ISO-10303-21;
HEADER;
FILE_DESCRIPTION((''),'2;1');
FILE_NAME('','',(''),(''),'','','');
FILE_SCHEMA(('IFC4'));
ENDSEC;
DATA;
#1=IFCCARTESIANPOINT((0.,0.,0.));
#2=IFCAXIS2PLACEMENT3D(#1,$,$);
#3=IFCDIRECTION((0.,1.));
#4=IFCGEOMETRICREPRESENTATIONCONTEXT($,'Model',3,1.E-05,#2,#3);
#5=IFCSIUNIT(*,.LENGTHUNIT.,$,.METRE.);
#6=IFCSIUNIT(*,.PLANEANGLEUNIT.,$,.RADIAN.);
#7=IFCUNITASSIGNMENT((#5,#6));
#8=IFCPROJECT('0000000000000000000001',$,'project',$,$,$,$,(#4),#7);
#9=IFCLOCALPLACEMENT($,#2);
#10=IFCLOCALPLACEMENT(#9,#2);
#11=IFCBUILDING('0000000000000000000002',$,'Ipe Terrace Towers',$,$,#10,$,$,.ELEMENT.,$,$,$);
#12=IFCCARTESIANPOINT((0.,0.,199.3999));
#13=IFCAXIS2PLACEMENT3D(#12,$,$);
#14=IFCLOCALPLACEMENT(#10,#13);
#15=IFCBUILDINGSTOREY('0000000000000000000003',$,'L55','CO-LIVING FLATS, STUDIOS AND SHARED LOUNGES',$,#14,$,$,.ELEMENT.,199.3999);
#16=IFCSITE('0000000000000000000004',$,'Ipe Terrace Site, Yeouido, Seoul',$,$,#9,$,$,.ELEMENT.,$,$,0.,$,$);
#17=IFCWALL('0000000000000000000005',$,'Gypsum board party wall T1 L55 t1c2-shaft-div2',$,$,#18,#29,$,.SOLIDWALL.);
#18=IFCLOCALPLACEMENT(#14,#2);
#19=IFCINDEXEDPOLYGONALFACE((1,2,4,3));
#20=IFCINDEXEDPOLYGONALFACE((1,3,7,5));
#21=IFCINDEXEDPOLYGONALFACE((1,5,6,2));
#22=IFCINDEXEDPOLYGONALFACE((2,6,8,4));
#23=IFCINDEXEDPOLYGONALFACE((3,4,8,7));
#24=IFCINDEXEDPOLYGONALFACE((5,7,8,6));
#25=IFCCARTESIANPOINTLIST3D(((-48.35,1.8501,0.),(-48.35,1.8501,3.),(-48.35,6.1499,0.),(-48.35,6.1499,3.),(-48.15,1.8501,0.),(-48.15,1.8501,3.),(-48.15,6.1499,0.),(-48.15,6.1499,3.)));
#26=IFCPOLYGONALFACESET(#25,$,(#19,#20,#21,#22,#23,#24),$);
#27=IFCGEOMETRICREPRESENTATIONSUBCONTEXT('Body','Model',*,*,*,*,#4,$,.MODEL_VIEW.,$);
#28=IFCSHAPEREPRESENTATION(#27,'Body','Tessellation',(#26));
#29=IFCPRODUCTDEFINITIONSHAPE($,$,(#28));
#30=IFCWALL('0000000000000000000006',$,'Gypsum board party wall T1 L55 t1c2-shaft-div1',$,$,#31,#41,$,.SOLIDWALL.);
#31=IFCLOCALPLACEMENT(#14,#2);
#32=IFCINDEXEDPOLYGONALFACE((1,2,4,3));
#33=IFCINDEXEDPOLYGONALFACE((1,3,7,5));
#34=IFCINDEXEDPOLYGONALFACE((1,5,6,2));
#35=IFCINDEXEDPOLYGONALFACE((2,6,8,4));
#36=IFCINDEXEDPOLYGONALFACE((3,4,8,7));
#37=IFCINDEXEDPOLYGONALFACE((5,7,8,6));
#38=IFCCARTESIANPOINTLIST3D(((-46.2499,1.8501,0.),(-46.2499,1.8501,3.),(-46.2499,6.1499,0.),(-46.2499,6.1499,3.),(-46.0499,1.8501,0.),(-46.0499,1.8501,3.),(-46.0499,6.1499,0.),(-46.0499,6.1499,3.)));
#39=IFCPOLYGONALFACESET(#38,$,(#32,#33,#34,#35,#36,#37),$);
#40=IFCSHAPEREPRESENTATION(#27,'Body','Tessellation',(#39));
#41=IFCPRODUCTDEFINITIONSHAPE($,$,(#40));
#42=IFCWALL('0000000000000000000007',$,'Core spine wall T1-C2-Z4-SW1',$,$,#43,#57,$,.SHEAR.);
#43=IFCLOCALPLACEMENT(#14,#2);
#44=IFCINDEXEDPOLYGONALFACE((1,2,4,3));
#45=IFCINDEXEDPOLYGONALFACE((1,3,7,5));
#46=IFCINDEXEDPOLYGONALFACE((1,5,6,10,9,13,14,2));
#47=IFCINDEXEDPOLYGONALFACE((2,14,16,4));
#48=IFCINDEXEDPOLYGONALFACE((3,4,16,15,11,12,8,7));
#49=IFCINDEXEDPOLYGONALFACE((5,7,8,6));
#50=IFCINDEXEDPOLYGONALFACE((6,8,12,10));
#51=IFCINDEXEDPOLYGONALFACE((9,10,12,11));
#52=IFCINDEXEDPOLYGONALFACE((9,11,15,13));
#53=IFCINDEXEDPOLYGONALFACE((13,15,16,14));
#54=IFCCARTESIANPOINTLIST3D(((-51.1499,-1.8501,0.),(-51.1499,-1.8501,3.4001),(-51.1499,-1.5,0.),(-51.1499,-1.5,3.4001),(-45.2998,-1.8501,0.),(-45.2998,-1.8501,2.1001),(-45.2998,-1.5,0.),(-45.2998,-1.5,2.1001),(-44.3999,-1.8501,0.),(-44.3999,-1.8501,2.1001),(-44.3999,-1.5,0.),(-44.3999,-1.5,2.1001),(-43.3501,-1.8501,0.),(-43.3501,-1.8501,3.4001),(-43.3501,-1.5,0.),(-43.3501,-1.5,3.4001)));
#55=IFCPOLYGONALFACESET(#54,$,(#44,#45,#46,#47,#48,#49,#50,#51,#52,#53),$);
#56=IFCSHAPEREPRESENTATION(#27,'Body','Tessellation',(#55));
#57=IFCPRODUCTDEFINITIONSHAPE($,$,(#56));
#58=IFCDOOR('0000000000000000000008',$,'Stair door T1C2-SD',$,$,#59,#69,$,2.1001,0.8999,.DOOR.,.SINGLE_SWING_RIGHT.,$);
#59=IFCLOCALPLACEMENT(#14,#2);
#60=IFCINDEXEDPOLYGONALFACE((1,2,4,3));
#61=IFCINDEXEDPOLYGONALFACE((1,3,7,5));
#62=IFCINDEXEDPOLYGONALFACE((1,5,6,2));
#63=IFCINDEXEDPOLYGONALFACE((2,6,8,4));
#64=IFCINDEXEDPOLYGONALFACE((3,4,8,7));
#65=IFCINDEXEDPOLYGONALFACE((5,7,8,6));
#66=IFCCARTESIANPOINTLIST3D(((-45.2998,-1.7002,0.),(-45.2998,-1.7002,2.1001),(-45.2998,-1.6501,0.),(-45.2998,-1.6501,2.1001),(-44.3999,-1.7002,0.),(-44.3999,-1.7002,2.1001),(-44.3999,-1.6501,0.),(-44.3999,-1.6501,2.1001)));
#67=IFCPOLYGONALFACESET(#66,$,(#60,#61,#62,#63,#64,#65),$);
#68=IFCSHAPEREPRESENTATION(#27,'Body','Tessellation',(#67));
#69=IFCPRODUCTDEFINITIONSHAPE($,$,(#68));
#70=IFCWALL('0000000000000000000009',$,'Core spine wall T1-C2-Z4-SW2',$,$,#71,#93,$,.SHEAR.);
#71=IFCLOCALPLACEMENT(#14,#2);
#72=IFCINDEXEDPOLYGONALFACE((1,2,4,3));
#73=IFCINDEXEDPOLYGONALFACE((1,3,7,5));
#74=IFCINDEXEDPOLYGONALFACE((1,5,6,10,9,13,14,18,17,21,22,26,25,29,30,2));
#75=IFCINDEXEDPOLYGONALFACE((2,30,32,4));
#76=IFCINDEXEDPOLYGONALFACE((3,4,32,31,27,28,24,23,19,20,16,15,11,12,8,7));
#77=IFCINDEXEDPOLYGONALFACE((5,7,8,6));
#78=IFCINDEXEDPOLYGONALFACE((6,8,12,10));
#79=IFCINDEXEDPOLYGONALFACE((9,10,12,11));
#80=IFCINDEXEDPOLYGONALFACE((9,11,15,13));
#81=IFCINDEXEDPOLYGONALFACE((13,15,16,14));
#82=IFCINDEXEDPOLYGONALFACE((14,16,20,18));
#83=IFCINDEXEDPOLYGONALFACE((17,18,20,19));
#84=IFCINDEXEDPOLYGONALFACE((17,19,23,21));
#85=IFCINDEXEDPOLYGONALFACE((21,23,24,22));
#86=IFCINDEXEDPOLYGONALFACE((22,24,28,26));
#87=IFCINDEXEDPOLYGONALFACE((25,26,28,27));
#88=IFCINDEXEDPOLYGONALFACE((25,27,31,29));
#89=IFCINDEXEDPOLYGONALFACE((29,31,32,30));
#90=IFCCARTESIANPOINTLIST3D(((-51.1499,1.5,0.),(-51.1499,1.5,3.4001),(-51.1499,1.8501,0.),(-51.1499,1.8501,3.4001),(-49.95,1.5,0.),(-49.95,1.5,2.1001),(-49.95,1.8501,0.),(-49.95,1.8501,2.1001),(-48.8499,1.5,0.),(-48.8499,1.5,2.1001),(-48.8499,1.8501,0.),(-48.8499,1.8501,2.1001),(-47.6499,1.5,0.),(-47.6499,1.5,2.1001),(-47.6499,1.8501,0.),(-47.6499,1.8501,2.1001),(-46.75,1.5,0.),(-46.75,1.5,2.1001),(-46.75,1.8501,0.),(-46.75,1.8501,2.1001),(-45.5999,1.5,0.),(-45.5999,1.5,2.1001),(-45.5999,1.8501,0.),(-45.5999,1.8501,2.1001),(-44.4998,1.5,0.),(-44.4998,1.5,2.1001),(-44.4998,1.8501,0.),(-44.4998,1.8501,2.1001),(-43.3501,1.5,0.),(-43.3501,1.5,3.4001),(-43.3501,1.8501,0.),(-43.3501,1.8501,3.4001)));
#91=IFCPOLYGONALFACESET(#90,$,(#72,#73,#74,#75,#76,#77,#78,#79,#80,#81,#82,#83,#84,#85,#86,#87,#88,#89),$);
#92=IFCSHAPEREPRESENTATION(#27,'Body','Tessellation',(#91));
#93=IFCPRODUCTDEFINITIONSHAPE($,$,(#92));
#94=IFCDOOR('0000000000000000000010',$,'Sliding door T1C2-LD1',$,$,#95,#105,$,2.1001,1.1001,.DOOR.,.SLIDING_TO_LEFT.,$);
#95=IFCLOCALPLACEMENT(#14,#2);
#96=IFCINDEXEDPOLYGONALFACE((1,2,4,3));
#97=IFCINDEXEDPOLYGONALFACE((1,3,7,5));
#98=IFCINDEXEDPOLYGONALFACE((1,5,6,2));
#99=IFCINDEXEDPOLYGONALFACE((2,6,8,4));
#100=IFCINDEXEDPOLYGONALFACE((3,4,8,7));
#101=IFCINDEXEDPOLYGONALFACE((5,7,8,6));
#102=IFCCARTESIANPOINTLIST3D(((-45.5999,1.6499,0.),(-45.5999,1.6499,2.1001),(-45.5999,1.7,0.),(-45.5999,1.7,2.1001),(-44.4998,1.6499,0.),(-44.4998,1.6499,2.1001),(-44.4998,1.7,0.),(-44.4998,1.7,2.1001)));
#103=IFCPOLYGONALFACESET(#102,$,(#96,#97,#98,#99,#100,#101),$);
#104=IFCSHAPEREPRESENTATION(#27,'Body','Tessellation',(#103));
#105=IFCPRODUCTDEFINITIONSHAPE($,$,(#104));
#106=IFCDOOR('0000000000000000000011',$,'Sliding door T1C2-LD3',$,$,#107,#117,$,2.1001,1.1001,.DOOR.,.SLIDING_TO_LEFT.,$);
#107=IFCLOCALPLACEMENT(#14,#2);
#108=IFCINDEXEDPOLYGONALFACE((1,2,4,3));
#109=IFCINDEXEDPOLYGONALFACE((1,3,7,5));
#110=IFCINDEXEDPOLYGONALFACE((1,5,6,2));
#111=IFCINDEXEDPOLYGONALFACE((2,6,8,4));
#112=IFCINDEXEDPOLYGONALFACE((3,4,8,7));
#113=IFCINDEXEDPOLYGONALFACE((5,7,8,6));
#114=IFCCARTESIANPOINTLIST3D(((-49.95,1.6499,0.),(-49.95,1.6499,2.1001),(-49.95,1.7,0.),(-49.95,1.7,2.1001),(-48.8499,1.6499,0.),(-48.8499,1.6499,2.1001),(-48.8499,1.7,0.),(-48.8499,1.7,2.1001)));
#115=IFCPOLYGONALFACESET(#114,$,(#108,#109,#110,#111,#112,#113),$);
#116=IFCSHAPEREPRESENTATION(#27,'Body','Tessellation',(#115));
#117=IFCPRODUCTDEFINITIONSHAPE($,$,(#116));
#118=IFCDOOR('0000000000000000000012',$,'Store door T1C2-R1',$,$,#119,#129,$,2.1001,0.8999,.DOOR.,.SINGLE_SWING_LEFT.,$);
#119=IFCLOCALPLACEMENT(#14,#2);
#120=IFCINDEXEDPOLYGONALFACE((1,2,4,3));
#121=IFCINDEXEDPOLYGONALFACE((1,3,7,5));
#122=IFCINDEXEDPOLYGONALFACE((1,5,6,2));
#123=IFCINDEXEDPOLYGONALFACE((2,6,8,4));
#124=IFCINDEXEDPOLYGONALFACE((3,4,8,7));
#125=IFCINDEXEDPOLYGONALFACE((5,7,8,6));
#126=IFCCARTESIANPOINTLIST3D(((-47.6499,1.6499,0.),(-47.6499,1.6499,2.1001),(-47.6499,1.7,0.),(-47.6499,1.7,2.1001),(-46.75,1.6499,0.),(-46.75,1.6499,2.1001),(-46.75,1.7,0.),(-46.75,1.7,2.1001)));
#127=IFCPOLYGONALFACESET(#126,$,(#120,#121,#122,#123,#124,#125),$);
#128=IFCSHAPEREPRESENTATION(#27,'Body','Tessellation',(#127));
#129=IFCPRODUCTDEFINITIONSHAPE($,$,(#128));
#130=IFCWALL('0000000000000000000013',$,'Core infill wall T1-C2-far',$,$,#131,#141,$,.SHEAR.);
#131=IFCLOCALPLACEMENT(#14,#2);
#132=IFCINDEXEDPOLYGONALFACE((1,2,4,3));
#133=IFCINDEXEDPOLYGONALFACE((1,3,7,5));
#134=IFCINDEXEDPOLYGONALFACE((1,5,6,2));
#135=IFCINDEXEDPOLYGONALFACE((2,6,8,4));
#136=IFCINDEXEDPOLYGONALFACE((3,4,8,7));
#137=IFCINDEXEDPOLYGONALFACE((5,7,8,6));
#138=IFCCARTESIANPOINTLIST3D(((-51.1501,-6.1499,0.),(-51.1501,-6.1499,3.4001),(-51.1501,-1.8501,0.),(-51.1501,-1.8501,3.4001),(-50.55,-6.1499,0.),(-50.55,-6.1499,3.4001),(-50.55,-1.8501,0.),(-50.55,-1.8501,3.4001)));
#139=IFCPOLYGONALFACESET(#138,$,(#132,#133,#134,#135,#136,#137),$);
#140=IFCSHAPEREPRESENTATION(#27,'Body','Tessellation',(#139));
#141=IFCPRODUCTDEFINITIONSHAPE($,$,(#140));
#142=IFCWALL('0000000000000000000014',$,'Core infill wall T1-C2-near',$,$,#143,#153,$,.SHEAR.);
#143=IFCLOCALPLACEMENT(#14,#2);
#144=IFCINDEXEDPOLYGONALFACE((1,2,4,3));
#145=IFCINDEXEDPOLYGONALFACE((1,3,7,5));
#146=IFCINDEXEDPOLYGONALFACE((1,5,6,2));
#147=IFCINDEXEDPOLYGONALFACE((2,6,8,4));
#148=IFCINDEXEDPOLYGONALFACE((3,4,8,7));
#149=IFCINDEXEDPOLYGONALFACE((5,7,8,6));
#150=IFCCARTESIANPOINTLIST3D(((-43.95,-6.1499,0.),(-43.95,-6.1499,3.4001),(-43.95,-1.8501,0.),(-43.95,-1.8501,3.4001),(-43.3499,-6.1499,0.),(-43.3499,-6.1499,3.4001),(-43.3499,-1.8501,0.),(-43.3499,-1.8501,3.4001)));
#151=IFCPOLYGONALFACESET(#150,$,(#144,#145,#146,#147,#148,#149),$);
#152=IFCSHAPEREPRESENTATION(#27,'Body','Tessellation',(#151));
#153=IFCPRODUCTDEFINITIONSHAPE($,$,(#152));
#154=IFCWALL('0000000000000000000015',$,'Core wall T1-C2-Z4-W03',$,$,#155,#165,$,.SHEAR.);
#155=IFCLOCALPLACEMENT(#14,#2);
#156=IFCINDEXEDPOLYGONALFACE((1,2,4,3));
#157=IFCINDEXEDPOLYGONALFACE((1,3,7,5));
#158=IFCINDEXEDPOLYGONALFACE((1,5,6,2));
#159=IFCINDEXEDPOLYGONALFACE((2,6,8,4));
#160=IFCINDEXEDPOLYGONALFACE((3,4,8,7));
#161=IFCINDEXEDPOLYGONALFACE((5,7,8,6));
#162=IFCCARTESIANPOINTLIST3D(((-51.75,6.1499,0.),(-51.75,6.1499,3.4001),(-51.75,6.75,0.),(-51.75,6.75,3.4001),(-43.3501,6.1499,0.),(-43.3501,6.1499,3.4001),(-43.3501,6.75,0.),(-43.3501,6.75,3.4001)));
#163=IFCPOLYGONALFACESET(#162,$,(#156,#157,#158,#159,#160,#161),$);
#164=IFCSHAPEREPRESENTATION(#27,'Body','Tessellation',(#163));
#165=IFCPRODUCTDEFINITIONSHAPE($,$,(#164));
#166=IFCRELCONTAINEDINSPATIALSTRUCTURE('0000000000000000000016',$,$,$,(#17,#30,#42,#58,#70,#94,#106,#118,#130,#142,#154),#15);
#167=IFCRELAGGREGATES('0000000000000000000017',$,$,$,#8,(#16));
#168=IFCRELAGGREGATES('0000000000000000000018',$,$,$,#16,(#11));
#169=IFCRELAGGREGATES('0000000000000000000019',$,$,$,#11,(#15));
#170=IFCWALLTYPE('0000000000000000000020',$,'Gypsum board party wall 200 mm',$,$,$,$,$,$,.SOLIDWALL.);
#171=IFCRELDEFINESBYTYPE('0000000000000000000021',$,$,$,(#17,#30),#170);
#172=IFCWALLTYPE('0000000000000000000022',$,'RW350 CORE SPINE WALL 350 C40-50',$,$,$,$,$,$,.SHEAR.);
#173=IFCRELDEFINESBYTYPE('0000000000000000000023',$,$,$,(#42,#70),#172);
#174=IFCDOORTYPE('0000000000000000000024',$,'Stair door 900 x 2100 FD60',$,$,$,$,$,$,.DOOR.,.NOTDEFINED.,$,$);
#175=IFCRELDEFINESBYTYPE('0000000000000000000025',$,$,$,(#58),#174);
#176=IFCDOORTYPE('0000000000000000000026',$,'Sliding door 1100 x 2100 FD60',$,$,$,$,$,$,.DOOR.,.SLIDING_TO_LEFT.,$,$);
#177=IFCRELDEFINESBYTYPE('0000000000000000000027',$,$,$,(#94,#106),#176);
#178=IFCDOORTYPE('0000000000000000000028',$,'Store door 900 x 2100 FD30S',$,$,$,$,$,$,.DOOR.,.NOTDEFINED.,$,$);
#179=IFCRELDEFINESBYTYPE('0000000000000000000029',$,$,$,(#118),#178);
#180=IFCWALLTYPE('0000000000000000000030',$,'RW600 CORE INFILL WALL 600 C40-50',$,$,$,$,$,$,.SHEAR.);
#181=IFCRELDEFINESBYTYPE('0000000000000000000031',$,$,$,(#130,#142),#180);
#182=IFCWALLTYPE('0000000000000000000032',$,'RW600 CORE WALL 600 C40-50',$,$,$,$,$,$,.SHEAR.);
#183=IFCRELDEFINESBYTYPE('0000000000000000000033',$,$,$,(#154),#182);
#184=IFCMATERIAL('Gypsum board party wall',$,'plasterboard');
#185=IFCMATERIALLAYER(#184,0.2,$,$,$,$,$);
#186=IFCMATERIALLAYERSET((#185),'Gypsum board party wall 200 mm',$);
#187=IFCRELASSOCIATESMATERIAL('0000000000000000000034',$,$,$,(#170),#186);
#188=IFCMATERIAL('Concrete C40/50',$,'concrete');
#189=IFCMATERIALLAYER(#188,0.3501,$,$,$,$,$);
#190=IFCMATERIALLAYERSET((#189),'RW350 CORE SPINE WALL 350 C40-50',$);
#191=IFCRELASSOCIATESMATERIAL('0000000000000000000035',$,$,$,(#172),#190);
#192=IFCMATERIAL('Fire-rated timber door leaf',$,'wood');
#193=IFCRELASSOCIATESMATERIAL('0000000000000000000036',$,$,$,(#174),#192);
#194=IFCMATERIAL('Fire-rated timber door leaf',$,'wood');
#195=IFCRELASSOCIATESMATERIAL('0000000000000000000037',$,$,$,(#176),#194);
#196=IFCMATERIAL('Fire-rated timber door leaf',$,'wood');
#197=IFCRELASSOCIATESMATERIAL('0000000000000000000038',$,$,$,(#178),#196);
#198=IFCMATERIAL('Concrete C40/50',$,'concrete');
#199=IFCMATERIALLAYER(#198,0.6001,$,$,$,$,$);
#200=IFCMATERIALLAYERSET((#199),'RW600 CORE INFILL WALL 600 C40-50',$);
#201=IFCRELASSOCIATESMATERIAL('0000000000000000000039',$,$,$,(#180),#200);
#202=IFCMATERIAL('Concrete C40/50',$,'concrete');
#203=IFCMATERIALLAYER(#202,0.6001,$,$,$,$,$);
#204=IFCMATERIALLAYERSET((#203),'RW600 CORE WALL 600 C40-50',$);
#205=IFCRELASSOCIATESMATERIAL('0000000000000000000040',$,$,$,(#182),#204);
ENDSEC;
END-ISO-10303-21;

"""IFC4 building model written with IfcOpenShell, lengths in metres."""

from ifc_helpers import new_model, si_unit, direction, frame, frame_2d, origin, place, context, subcontext, project, spatial, rectangle, extrude, material, layer, layer_set, type_object, element, fill, save


model = new_model("IFC4")

# Units and contexts
model_context = context("Model", 3, precision=1e-05, world=origin(), true_north=direction((0.0, 1.0)))
body_context = subcontext(model_context, "Body", "Model", "MODEL_VIEW")
ifc_project = project(units=[si_unit("LENGTHUNIT", "METRE"), si_unit("PLANEANGLEUNIT", "RADIAN")], contexts=[model_context])

# Site, building, storey
site_placement = place(None, origin())
site = spatial("IfcSite", under=ifc_project, at=site_placement, Name="Ipe Terrace Site, Yeouido, Seoul", CompositionType="ELEMENT", RefElevation=0.0)
building_placement = place(site_placement, origin())
building = spatial("IfcBuilding", under=site, at=building_placement, Name="Ipe Terrace Towers", CompositionType="ELEMENT")
storey_placement = place(building_placement, frame((0.0, 0.0, 199.3999)))
storey = spatial("IfcBuildingStorey", under=building, at=storey_placement, Name="L55", Description="CO-LIVING FLATS, STUDIOS AND SHARED LOUNGES", CompositionType="ELEMENT", Elevation=199.3999)

# Walls
ifc_material_1 = material(Name="Gypsum board party wall", Category="plasterboard")
ifc_layer_1 = layer(ifc_material_1, 0.2)
ifc_layer_set_1 = layer_set([ifc_layer_1], Name="Gypsum board party wall 200 mm")
wall_type_1 = type_object("IfcWallType", Name="Gypsum board party wall 200 mm", PredefinedType="SOLIDWALL", material=ifc_layer_set_1)
for number, where, z_axis, x_axis, name in (
    (1, (-48.25, 6.1499, 0.0), (0.0, 0.0, 1.0), (0.0, -1.0, 0.0), "Gypsum board party wall T1 L55 t1c2-shaft-div2"),
    (2, (-46.1499, 6.1499, 0.0), (0.0, 0.0, 1.0), (0.0, -1.0, 0.0), "Gypsum board party wall T1 L55 t1c2-shaft-div1"),
):
    element("IfcWall", number, at=place(storey_placement, frame(where, z_axis=z_axis, x_axis=x_axis)), inside=storey, type_object=wall_type_1, Name=name, PredefinedType="SOLIDWALL", context=body_context, shape_type="SweptSolid", body=[
        extrude(rectangle(XDim=4.2998, YDim=0.2, at=frame_2d((2.1499, 0.0))), origin(), (0.0, 0.0, 1.0), 3.0),
    ])

# Wall, opening, door
ifc_material_2 = material(Name="Concrete C40/50", Category="concrete")
ifc_layer_2 = layer(ifc_material_2, 0.3501)
ifc_layer_set_2 = layer_set([ifc_layer_2], Name="RW350 CORE SPINE WALL 350 C40-50")
wall_type_2 = type_object("IfcWallType", Name="RW350 CORE SPINE WALL 350 C40-50", PredefinedType="SHEAR", material=ifc_layer_set_2)
wall_1_placement = place(storey_placement, frame((-51.1499, -1.675, 0.0), z_axis=(0.0, 0.0, 1.0), x_axis=(1.0, 0.0, 0.0)))
wall_1 = element("IfcWall", 3, at=wall_1_placement, inside=storey, type_object=wall_type_2, Name="Core spine wall T1-C2-Z4-SW1", PredefinedType="SHEAR", context=body_context, shape_type="SweptSolid", body=[
    extrude(rectangle(XDim=7.7998, YDim=0.3501, at=frame_2d((3.8999, 0.0))), origin(), (0.0, 0.0, 1.0), 3.4001),
])
opening_1_placement = place(wall_1_placement, frame((5.8501, 0.0, 0.0)))
opening_1 = element("IfcOpeningElement", 4, at=opening_1_placement, cuts=wall_1, PredefinedType="OPENING", context=body_context, shape_type="SweptSolid", body=[
    extrude(rectangle(XDim=0.8999, YDim=2.1001, at=frame_2d((0.45, 1.05))), frame((0.0, 0.1851, 0.0), z_axis=(0.0, -1.0, 0.0), x_axis=(1.0, 0.0, 0.0)), (0.0, 0.0, 1.0), 0.3701),
])
ifc_material_3 = material(Name="Fire-rated timber door leaf", Category="wood")
door_type_1 = type_object("IfcDoorType", Name="Stair door 900 x 2100 FD60", OperationType="NOTDEFINED", PredefinedType="DOOR", material=ifc_material_3)
door_1_placement = place(opening_1_placement, origin())
door_1 = element("IfcDoor", 5, at=door_1_placement, inside=storey, type_object=door_type_1, Name="Stair door T1C2-SD", OperationType="SINGLE_SWING_RIGHT", OverallHeight=2.1001, OverallWidth=0.8999, PredefinedType="DOOR", context=body_context, shape_type="SweptSolid", body=[
    extrude(rectangle(XDim=0.8999, YDim=2.1001, at=frame_2d((0.45, 1.05))), frame((0.0, 0.0249, 0.0), z_axis=(0.0, -1.0, 0.0), x_axis=(1.0, 0.0, 0.0)), (0.0, 0.0, 1.0), 0.05),
])
fill(opening_1, door_1)

# Wall, openings, doors
wall_2_placement = place(storey_placement, frame((-51.1499, 1.675, 0.0), z_axis=(0.0, 0.0, 1.0), x_axis=(1.0, 0.0, 0.0)))
wall_2 = element("IfcWall", 6, at=wall_2_placement, inside=storey, type_object=wall_type_2, Name="Core spine wall T1-C2-Z4-SW2", PredefinedType="SHEAR", context=body_context, shape_type="SweptSolid", body=[
    extrude(rectangle(XDim=7.7998, YDim=0.3501, at=frame_2d((3.8999, 0.0))), origin(), (0.0, 0.0, 1.0), 3.4001),
])
opening_2_placement = place(wall_2_placement, frame((5.55, 0.0, 0.0)))
opening_2 = element("IfcOpeningElement", 7, at=opening_2_placement, cuts=wall_2, PredefinedType="OPENING", context=body_context, shape_type="SweptSolid", body=[
    extrude(rectangle(XDim=1.1001, YDim=2.1001, at=frame_2d((0.55, 1.05))), frame((0.0, 0.1851, 0.0), z_axis=(0.0, -1.0, 0.0), x_axis=(1.0, 0.0, 0.0)), (0.0, 0.0, 1.0), 0.3701),
])
opening_3_placement = place(wall_2_placement, frame((1.2, 0.0, 0.0)))
opening_3 = element("IfcOpeningElement", 8, at=opening_3_placement, cuts=wall_2, PredefinedType="OPENING", context=body_context, shape_type="SweptSolid", body=[
    extrude(rectangle(XDim=1.1001, YDim=2.1001, at=frame_2d((0.55, 1.05))), frame((0.0, 0.1851, 0.0), z_axis=(0.0, -1.0, 0.0), x_axis=(1.0, 0.0, 0.0)), (0.0, 0.0, 1.0), 0.3701),
])
opening_4_placement = place(wall_2_placement, frame((3.5, 0.0, 0.0)))
opening_4 = element("IfcOpeningElement", 9, at=opening_4_placement, cuts=wall_2, PredefinedType="OPENING", context=body_context, shape_type="SweptSolid", body=[
    extrude(rectangle(XDim=0.8999, YDim=2.1001, at=frame_2d((0.45, 1.05))), frame((0.0, 0.1851, 0.0), z_axis=(0.0, -1.0, 0.0), x_axis=(1.0, 0.0, 0.0)), (0.0, 0.0, 1.0), 0.3701),
])
ifc_material_4 = material(Name="Fire-rated timber door leaf", Category="wood")
door_type_2 = type_object("IfcDoorType", Name="Sliding door 1100 x 2100 FD60", OperationType="SLIDING_TO_LEFT", PredefinedType="DOOR", material=ifc_material_4)
door_2_placement = place(opening_2_placement, origin())
door_2 = element("IfcDoor", 10, at=door_2_placement, inside=storey, type_object=door_type_2, Name="Sliding door T1C2-LD1", OperationType="SLIDING_TO_LEFT", OverallHeight=2.1001, OverallWidth=1.1001, PredefinedType="DOOR", context=body_context, shape_type="SweptSolid", body=[
    extrude(rectangle(XDim=1.1001, YDim=2.1001, at=frame_2d((0.55, 1.05))), frame((0.0, 0.0249, 0.0), z_axis=(0.0, -1.0, 0.0), x_axis=(1.0, 0.0, 0.0)), (0.0, 0.0, 1.0), 0.05),
])
fill(opening_2, door_2)
door_3_placement = place(opening_3_placement, origin())
door_3 = element("IfcDoor", 11, at=door_3_placement, inside=storey, type_object=door_type_2, Name="Sliding door T1C2-LD3", OperationType="SLIDING_TO_LEFT", OverallHeight=2.1001, OverallWidth=1.1001, PredefinedType="DOOR", context=body_context, shape_type="SweptSolid", body=[
    extrude(rectangle(XDim=1.1001, YDim=2.1001, at=frame_2d((0.55, 1.05))), frame((0.0, 0.0249, 0.0), z_axis=(0.0, -1.0, 0.0), x_axis=(1.0, 0.0, 0.0)), (0.0, 0.0, 1.0), 0.05),
])
fill(opening_3, door_3)
ifc_material_5 = material(Name="Fire-rated timber door leaf", Category="wood")
door_type_3 = type_object("IfcDoorType", Name="Store door 900 x 2100 FD30S", OperationType="NOTDEFINED", PredefinedType="DOOR", material=ifc_material_5)
door_4_placement = place(opening_4_placement, origin())
door_4 = element("IfcDoor", 12, at=door_4_placement, inside=storey, type_object=door_type_3, Name="Store door T1C2-R1", OperationType="SINGLE_SWING_LEFT", OverallHeight=2.1001, OverallWidth=0.8999, PredefinedType="DOOR", context=body_context, shape_type="SweptSolid", body=[
    extrude(rectangle(XDim=0.8999, YDim=2.1001, at=frame_2d((0.45, 1.05))), frame((0.0, 0.0249, 0.0), z_axis=(0.0, -1.0, 0.0), x_axis=(1.0, 0.0, 0.0)), (0.0, 0.0, 1.0), 0.05),
])
fill(opening_4, door_4)

# Walls
ifc_material_6 = material(Name="Concrete C40/50", Category="concrete")
ifc_layer_3 = layer(ifc_material_6, 0.6001)
ifc_layer_set_3 = layer_set([ifc_layer_3], Name="RW600 CORE INFILL WALL 600 C40-50")
wall_type_3 = type_object("IfcWallType", Name="RW600 CORE INFILL WALL 600 C40-50", PredefinedType="SHEAR", material=ifc_layer_set_3)
for number, where, z_axis, x_axis, name in (
    (13, (-50.8501, -1.8501, 0.0), (0.0, 0.0, 1.0), (0.0, -1.0, 0.0), "Core infill wall T1-C2-far"),
    (14, (-43.6499, -1.8501, 0.0), (0.0, 0.0, 1.0), (0.0, -1.0, 0.0), "Core infill wall T1-C2-near"),
):
    element("IfcWall", number, at=place(storey_placement, frame(where, z_axis=z_axis, x_axis=x_axis)), inside=storey, type_object=wall_type_3, Name=name, PredefinedType="SHEAR", context=body_context, shape_type="SweptSolid", body=[
        extrude(rectangle(XDim=4.2998, YDim=0.6001, at=frame_2d((2.1499, 0.0))), origin(), (0.0, 0.0, 1.0), 3.4001),
    ])
ifc_material_7 = material(Name="Concrete C40/50", Category="concrete")
ifc_layer_4 = layer(ifc_material_7, 0.6001)
ifc_layer_set_4 = layer_set([ifc_layer_4], Name="RW600 CORE WALL 600 C40-50")
wall_type_4 = type_object("IfcWallType", Name="RW600 CORE WALL 600 C40-50", PredefinedType="SHEAR", material=ifc_layer_set_4)
wall_3_placement = place(storey_placement, frame((-43.3501, 6.45, 0.0), z_axis=(0.0, 0.0, 1.0), x_axis=(-1.0, 0.0, 0.0)))
element("IfcWall", 15, at=wall_3_placement, inside=storey, type_object=wall_type_4, Name="Core wall T1-C2-Z4-W03", PredefinedType="SHEAR", context=body_context, shape_type="SweptSolid", body=[
    extrude(rectangle(XDim=8.3999, YDim=0.6001, at=frame_2d((4.2, 0.0))), origin(), (0.0, 0.0, 1.0), 3.4001),
])

save(model, "model.ifc")
